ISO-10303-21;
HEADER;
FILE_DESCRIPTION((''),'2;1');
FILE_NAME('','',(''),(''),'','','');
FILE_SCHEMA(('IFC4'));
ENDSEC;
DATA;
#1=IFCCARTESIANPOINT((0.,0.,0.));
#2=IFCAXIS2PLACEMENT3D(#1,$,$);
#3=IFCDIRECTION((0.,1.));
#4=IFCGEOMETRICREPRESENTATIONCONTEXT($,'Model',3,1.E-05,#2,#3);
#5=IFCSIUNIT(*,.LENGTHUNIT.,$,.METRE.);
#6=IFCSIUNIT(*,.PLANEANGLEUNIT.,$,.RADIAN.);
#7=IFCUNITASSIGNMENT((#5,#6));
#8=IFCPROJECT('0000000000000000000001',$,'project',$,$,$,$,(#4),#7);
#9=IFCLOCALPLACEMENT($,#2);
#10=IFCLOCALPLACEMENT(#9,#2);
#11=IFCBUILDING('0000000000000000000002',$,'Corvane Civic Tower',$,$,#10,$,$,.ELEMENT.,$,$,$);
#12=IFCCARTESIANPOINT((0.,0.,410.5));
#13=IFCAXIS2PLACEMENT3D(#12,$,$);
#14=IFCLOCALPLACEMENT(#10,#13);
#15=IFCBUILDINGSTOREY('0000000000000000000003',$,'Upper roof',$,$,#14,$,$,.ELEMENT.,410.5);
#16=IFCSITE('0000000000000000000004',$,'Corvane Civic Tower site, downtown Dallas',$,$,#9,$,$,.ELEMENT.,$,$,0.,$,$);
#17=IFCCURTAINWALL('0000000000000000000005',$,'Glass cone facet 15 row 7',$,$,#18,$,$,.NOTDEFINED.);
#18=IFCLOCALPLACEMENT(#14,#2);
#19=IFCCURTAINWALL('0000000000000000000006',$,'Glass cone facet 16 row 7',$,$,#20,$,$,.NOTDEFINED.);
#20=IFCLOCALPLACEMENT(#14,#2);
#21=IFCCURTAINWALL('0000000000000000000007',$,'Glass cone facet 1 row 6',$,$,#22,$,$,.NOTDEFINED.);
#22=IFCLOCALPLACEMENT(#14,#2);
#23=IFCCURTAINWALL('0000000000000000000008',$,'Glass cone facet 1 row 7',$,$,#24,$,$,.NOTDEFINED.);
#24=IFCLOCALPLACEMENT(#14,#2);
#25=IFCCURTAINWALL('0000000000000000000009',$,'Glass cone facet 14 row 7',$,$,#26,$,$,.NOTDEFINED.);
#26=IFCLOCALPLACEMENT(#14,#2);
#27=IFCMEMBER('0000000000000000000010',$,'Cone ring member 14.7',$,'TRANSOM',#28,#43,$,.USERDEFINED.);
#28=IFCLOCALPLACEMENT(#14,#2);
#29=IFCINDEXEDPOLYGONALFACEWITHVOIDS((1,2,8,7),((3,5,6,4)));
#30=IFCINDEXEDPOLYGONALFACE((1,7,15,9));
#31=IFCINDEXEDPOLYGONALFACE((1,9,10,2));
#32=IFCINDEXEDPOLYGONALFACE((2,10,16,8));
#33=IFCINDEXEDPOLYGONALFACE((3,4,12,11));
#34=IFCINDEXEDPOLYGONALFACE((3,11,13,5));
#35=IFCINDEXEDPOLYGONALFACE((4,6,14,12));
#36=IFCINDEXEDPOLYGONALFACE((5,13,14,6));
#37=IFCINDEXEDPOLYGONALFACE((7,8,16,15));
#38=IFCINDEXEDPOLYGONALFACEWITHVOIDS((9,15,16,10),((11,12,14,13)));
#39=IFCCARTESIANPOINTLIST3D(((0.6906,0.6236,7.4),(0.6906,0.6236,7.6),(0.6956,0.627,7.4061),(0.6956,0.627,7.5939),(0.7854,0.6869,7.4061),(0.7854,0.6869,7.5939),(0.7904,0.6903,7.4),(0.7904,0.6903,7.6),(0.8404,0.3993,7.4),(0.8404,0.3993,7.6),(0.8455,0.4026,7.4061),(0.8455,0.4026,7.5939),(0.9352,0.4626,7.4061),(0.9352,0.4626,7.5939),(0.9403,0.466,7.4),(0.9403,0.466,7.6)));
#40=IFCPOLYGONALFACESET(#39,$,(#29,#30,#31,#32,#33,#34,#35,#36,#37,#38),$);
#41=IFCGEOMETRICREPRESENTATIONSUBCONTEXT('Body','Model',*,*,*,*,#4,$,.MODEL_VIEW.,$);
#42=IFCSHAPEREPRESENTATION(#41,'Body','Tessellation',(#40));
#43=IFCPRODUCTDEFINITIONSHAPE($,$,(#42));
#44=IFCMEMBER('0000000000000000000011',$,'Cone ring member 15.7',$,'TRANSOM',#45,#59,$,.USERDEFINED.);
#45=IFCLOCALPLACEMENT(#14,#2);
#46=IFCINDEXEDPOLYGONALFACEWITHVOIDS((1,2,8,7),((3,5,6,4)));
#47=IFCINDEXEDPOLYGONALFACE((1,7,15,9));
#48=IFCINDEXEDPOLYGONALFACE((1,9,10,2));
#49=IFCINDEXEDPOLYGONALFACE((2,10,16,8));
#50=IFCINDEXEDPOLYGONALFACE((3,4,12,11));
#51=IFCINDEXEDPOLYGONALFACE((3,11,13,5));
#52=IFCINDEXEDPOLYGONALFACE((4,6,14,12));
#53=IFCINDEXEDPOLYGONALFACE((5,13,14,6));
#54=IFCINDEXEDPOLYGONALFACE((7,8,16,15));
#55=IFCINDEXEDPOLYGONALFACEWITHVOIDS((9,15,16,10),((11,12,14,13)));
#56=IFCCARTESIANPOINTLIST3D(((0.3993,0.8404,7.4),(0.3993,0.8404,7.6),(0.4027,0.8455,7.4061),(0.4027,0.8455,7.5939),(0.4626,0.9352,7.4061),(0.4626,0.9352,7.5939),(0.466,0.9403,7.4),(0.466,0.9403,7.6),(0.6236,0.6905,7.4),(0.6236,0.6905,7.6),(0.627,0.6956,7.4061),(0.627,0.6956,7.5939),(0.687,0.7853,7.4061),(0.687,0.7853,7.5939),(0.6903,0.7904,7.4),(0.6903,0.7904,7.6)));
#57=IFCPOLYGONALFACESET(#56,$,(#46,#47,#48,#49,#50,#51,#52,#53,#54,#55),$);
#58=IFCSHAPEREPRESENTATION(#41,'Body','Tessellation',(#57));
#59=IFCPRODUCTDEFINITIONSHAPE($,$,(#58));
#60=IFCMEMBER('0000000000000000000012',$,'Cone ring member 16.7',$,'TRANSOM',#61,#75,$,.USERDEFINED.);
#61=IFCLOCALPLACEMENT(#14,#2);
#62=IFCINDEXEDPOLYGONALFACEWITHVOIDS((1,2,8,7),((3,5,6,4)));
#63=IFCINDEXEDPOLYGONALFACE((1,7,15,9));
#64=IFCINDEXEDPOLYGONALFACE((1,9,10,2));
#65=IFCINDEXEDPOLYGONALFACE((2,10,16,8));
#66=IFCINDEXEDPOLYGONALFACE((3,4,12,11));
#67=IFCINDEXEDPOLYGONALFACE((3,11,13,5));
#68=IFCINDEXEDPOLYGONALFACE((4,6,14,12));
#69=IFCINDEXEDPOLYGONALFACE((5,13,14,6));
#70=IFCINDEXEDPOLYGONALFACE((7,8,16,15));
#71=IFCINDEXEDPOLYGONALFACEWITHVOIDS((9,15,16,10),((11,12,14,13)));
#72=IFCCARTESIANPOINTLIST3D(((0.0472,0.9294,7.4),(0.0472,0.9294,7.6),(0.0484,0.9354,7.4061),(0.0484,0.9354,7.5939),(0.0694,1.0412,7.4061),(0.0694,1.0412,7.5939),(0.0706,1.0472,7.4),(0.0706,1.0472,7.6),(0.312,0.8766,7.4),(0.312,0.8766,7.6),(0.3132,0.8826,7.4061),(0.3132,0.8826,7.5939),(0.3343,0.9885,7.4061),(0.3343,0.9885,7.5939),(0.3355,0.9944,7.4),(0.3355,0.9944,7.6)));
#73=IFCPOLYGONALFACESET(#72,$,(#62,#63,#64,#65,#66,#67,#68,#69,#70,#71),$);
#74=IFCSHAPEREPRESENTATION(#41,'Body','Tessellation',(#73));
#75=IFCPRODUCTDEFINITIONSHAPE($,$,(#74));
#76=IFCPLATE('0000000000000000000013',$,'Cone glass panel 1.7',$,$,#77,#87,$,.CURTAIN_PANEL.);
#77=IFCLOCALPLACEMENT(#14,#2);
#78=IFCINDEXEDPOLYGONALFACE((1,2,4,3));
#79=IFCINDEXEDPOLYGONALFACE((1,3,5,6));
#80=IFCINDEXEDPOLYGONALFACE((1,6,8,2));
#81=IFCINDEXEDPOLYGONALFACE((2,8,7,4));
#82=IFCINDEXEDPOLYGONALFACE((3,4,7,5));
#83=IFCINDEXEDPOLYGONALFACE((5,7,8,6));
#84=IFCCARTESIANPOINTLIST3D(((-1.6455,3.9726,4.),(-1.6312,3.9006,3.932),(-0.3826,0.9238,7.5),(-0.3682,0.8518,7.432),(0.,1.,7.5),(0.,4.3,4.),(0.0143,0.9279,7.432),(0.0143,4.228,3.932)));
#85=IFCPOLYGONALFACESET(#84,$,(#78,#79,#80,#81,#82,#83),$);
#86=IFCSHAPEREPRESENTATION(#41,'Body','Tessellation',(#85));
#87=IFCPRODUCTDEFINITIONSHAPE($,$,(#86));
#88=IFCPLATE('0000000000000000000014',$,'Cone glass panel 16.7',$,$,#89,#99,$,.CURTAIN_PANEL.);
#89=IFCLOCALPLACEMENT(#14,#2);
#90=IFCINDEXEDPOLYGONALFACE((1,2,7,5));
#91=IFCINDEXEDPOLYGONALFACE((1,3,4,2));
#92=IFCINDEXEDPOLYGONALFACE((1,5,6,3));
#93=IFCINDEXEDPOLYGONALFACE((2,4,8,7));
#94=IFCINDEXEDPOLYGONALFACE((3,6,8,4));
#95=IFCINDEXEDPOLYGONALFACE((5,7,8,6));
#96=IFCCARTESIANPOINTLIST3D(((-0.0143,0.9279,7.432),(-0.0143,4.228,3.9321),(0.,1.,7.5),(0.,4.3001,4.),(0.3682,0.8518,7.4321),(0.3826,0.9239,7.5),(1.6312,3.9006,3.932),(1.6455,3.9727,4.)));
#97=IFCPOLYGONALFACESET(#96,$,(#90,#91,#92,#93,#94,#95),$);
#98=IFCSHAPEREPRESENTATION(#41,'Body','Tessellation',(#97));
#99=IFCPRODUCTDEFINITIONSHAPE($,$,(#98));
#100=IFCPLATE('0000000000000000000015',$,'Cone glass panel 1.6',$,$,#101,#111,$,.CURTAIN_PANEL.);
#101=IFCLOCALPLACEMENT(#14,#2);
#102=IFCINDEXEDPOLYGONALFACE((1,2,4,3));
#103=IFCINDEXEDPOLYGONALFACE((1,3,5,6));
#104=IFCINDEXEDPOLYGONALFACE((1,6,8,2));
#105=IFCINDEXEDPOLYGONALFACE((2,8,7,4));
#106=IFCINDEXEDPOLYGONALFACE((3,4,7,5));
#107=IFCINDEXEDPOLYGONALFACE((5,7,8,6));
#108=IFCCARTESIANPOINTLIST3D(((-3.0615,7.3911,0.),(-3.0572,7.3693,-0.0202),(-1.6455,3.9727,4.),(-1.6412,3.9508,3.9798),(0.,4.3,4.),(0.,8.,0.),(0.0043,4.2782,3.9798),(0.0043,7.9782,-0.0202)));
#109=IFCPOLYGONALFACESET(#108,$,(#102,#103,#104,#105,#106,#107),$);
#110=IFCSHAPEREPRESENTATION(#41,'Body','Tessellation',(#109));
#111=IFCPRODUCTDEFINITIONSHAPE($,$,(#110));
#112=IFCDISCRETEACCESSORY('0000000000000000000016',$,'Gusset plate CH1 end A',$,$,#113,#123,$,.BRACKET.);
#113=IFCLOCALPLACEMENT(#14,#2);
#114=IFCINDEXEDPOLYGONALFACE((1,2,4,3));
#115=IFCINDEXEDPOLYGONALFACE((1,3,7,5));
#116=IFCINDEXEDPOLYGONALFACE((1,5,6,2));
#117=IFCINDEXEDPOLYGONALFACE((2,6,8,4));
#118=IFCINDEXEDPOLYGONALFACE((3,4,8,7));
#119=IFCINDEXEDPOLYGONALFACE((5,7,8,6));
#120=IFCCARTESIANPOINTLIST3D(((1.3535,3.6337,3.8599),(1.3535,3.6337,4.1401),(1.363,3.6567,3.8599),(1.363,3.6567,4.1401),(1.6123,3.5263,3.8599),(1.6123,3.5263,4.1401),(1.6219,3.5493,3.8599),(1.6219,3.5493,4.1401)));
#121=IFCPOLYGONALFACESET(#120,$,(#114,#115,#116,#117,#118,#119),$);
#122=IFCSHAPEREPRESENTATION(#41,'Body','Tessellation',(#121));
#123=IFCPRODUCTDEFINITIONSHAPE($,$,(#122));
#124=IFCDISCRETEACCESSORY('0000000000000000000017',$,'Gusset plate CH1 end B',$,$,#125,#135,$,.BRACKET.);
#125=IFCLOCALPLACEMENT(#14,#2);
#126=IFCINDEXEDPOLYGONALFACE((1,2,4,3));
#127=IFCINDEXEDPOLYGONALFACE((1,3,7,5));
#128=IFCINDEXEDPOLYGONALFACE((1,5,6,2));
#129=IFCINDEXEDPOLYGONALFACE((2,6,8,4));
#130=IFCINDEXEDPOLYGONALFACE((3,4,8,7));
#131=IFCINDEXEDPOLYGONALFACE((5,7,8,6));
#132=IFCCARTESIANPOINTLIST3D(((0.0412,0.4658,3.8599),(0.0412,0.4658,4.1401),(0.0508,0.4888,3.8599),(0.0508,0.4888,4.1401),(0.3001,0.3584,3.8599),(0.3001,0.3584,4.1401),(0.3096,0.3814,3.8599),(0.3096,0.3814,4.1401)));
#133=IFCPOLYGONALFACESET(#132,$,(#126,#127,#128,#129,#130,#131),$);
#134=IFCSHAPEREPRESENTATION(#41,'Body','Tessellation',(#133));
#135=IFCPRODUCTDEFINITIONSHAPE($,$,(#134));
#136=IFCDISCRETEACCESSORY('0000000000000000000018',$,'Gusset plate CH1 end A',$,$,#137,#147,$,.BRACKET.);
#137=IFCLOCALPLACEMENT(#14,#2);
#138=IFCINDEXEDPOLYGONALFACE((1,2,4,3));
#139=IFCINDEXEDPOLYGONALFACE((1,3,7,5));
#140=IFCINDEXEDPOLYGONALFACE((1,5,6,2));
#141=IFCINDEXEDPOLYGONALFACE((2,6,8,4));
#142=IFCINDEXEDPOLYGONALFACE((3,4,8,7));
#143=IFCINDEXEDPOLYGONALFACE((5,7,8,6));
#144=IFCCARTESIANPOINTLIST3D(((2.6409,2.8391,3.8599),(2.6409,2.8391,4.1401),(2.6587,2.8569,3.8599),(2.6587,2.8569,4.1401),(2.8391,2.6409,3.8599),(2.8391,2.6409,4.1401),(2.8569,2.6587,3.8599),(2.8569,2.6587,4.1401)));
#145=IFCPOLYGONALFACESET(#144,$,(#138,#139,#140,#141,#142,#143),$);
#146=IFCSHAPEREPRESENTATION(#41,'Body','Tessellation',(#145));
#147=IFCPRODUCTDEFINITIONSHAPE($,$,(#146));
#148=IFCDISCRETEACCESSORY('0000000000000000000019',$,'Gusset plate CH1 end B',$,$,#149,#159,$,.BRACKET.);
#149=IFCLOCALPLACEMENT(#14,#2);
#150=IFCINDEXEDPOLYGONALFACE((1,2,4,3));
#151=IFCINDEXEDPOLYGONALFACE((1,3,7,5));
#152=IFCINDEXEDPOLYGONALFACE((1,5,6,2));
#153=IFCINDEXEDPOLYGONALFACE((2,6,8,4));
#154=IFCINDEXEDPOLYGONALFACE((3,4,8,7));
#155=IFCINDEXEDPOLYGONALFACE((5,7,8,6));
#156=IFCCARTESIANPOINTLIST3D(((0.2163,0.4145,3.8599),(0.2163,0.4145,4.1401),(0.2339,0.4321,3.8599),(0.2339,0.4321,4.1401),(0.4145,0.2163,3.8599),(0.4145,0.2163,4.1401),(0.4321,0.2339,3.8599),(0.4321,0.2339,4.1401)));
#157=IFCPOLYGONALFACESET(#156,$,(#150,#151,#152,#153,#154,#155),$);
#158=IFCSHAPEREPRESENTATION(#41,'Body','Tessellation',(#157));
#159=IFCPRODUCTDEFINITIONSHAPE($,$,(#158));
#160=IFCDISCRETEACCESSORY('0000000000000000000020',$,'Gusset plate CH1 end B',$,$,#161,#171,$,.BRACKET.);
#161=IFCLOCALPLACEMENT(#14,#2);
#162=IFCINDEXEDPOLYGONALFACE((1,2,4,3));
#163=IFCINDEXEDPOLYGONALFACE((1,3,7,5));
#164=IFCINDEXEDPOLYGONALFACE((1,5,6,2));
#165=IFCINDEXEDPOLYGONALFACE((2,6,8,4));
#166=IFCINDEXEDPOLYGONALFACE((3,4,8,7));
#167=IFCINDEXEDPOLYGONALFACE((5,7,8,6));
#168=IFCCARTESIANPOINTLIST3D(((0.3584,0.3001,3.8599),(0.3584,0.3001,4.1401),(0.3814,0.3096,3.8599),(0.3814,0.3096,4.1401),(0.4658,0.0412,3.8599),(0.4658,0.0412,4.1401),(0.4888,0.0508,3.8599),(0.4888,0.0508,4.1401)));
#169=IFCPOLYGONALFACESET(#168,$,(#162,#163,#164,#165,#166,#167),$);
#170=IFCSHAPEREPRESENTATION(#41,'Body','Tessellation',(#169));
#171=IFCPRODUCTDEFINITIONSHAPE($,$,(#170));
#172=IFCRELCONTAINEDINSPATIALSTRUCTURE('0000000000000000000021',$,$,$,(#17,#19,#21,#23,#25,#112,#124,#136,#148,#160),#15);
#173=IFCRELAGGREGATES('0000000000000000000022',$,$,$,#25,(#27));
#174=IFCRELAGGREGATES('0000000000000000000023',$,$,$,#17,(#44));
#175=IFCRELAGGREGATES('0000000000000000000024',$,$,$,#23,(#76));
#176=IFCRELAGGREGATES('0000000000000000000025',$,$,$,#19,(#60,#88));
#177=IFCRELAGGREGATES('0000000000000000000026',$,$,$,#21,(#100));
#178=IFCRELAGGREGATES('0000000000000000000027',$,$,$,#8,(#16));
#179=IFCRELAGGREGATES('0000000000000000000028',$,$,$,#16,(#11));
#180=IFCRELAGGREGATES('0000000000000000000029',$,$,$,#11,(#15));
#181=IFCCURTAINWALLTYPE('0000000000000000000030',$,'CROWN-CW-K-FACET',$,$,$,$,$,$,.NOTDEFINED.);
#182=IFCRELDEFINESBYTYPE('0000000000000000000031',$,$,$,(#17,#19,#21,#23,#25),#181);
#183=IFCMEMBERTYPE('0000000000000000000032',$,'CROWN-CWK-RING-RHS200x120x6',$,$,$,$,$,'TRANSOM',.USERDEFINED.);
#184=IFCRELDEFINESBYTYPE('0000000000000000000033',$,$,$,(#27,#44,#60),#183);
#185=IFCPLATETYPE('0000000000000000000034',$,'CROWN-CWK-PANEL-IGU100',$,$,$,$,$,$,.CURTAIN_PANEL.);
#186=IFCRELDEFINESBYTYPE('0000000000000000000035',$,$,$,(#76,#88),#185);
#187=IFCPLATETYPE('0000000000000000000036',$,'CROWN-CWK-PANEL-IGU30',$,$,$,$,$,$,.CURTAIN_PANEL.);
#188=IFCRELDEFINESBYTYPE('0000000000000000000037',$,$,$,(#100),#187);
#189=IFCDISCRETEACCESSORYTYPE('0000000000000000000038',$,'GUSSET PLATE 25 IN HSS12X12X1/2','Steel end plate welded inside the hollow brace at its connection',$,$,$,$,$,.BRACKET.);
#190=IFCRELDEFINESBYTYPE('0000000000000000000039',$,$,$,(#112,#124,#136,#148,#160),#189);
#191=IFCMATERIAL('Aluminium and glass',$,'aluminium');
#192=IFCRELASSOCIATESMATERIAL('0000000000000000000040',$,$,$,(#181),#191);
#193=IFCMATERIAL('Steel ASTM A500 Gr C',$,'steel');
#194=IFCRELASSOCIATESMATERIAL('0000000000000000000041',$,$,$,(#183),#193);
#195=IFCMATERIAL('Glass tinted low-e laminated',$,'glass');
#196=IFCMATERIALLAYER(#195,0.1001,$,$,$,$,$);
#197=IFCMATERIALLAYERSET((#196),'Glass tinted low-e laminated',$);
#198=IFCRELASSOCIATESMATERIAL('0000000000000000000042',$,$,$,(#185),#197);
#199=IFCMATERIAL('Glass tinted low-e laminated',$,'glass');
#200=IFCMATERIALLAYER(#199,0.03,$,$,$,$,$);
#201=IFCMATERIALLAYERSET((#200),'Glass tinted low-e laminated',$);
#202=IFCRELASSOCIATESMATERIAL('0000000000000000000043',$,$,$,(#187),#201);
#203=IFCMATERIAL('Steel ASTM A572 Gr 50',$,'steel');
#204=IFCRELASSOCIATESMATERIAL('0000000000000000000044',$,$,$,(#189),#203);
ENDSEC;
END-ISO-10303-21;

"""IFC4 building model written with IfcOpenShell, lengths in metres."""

from ifc_helpers import new_model, si_unit, direction, frame, origin, origin_2d, place, context, subcontext, project, spatial, polyline, rectangle, hollow_rectangle, outline, extrude, material, layer, layer_set, material_profile, profile_set, type_object, element, aggregate, save


model = new_model("IFC4")

# Units and contexts
model_context = context("Model", 3, precision=1e-05, world=origin(), true_north=direction((0.0, 1.0)))
body_context = subcontext(model_context, "Body", "Model", "MODEL_VIEW")
ifc_project = project(units=[si_unit("LENGTHUNIT", "METRE"), si_unit("PLANEANGLEUNIT", "RADIAN")], contexts=[model_context])

# Site, building, storey
site_placement = place(None, origin())
site = spatial("IfcSite", under=ifc_project, at=site_placement, Name="Corvane Civic Tower site, downtown Dallas", CompositionType="ELEMENT", RefElevation=0.0)
building_placement = place(site_placement, origin())
building = spatial("IfcBuilding", under=site, at=building_placement, Name="Corvane Civic Tower", CompositionType="ELEMENT")
storey_placement = place(building_placement, frame((0.0, 0.0, 410.5)))
storey = spatial("IfcBuildingStorey", under=building, at=storey_placement, Name="Upper roof", CompositionType="ELEMENT", Elevation=410.5)

# Curtain walls
ifc_material_1 = material(Name="Aluminium and glass", Category="aluminium")
curtain_wall_type = type_object("IfcCurtainWallType", Name="CROWN-CW-K-FACET", PredefinedType="NOTDEFINED", material=ifc_material_1)
curtain_wall_1_placement = place(storey_placement, origin())
curtain_wall_1 = element("IfcCurtainWall", 1, at=curtain_wall_1_placement, inside=storey, type_object=curtain_wall_type, Name="Glass cone facet 15 row 7", PredefinedType="NOTDEFINED")
curtain_wall_2_placement = place(storey_placement, origin())
curtain_wall_2 = element("IfcCurtainWall", 2, at=curtain_wall_2_placement, inside=storey, type_object=curtain_wall_type, Name="Glass cone facet 16 row 7", PredefinedType="NOTDEFINED")

# Curtain walls
curtain_wall_3_placement = place(storey_placement, origin())
curtain_wall_3 = element("IfcCurtainWall", 3, at=curtain_wall_3_placement, inside=storey, type_object=curtain_wall_type, Name="Glass cone facet 1 row 6", PredefinedType="NOTDEFINED")
curtain_wall_4_placement = place(storey_placement, origin())
curtain_wall_4 = element("IfcCurtainWall", 4, at=curtain_wall_4_placement, inside=storey, type_object=curtain_wall_type, Name="Glass cone facet 1 row 7", PredefinedType="NOTDEFINED")

# Shared definitions
ifc_material_2 = material(Name="Steel ASTM A500 Gr C", Category="steel")
ifc_material_profile_1 = material_profile(ifc_material_2, hollow_rectangle(XDim=0.1201, YDim=0.2, WallThickness=0.0061, at=origin_2d()), Name="RHS 200x120x6")
ifc_profile_set_1 = profile_set([ifc_material_profile_1], Name="Steel ASTM A500 Gr C")
member_type_1 = type_object("IfcMemberType", Name="CROWN-CWK-RING-RHS200x120x6", ElementType="TRANSOM", PredefinedType="USERDEFINED", material=ifc_profile_set_1)

# Curtain wall, member
curtain_wall_5_placement = place(storey_placement, origin())
curtain_wall_5 = element("IfcCurtainWall", 5, at=curtain_wall_5_placement, inside=storey, type_object=curtain_wall_type, Name="Glass cone facet 14 row 7", PredefinedType="NOTDEFINED")
member_1_placement = place(storey_placement, frame((0.8904, 0.4326, 7.5), z_axis=(-0.555535, 0.831493, 0.0), x_axis=(-0.831493, -0.555535, 0.0)))
member_1 = element("IfcMember", 6, at=member_1_placement, type_object=member_type_1, Name="Cone ring member 14.7", ObjectType="TRANSOM", PredefinedType="USERDEFINED", context=body_context, shape_type="SweptSolid", body=[
    extrude(hollow_rectangle(XDim=0.1201, YDim=0.2, WallThickness=0.0061, at=origin_2d()), origin(), (0.0, 0.0, 1.0), 0.2698),
])
aggregate(curtain_wall_5, [member_1])

# Members
member_2_placement = place(storey_placement, frame((0.657, 0.7405, 7.5), z_axis=(-0.831493, 0.555535, 0.0), x_axis=(-0.555535, -0.831493, 0.0)))
member_2 = element("IfcMember", 7, at=member_2_placement, type_object=member_type_1, Name="Cone ring member 15.7", ObjectType="TRANSOM", PredefinedType="USERDEFINED", context=body_context, shape_type="SweptSolid", body=[
    extrude(hollow_rectangle(XDim=0.1201, YDim=0.2, WallThickness=0.0061, at=origin_2d()), origin(), (0.0, 0.0, 1.0), 0.2698),
])
aggregate(curtain_wall_1, [member_2])
member_3_placement = place(storey_placement, frame((0.3237, 0.9355, 7.5), z_axis=(-0.980754, 0.195247, 0.0), x_axis=(-0.195247, -0.980754, 0.0)))
member_3 = element("IfcMember", 8, at=member_3_placement, type_object=member_type_1, Name="Cone ring member 16.7", ObjectType="TRANSOM", PredefinedType="USERDEFINED", context=body_context, shape_type="SweptSolid", body=[
    extrude(hollow_rectangle(XDim=0.1201, YDim=0.2, WallThickness=0.0061, at=origin_2d()), origin(), (0.0, 0.0, 1.0), 0.27),
])

# Plates
ifc_material_3 = material(Name="Glass tinted low-e laminated", Category="glass")
ifc_layer_1 = layer(ifc_material_3, 0.1001)
ifc_layer_set_1 = layer_set([ifc_layer_1], Name="Glass tinted low-e laminated")
plate_type_1 = type_object("IfcPlateType", Name="CROWN-CWK-PANEL-IGU100", PredefinedType="CURTAIN_PANEL", material=ifc_layer_set_1)
plate_1_placement = place(storey_placement, frame((0.0, 4.3, 4.0), z_axis=(-0.143286, 0.720072, 0.678944), x_axis=(-0.980773, -0.195151, -0.000013)))
plate_1 = element("IfcPlate", 9, at=plate_1_placement, type_object=plate_type_1, Name="Cone glass panel 1.7", PredefinedType="CURTAIN_PANEL", context=body_context, shape_type="SweptSolid", body=[
    extrude(outline(polyline([(0.0, 0.0), (1.6778, 0.0), (1.034, 4.7672), (0.644, 4.7671), (0.0, 0.0)])), origin(), (0.0, 0.0, -1.0), 0.1001),
])
aggregate(curtain_wall_4, [plate_1])
plate_2_placement = place(storey_placement, frame((1.6455, 3.9727, 4.0), z_axis=(0.143286, 0.720072, 0.678944), x_axis=(-0.980773, 0.195151, 0.000013)))
plate_2 = element("IfcPlate", 10, at=plate_2_placement, type_object=plate_type_1, Name="Cone glass panel 16.7", PredefinedType="CURTAIN_PANEL", context=body_context, shape_type="SweptSolid", body=[
    extrude(outline(polyline([(0.0, 0.0), (1.6778, 0.0), (1.0338, 4.7671), (0.6437, 4.7672), (0.0, 0.0)])), origin(), (0.0, 0.0, -1.0), 0.1001),
])
aggregate(curtain_wall_2, [member_3, plate_2])
ifc_material_4 = material(Name="Glass tinted low-e laminated", Category="glass")
ifc_layer_2 = layer(ifc_material_4, 0.03)
ifc_layer_set_2 = layer_set([ifc_layer_2], Name="Glass tinted low-e laminated")
plate_type_2 = type_object("IfcPlateType", Name="CROWN-CWK-PANEL-IGU30", PredefinedType="CURTAIN_PANEL", material=ifc_layer_set_2)
plate_3_placement = place(storey_placement, frame((0.0, 8.0, 0.0), z_axis=(-0.144487, 0.726393, 0.67192), x_axis=(-0.980788, -0.195077, -0.000013)))
plate_3 = element("IfcPlate", 11, at=plate_3_placement, type_object=plate_type_2, Name="Cone glass panel 1.6", PredefinedType="CURTAIN_PANEL", context=body_context, shape_type="SweptSolid", body=[
    extrude(outline(polyline([(0.0, 0.0), (3.1215, 0.0), (2.3995, 5.4009), (0.7217, 5.4008), (0.0, 0.0)])), origin(), (0.0, 0.0, -1.0), 0.03),
])
aggregate(curtain_wall_3, [plate_3])

# Discrete accessories
ifc_material_5 = material(Name="Steel ASTM A572 Gr 50", Category="steel")
ifc_material_profile_2 = material_profile(ifc_material_5, rectangle(XDim=0.2803, YDim=0.2803, at=origin_2d()), Name="GUSSET PLATE 25 IN HSS12X12X1/2")
ifc_profile_set_2 = profile_set([ifc_material_profile_2], Name="Steel ASTM A572 Gr 50")
discrete_accessory_type = type_object("IfcDiscreteAccessoryType", Name="GUSSET PLATE 25 IN HSS12X12X1/2", Description="Steel end plate welded inside the hollow brace at its connection", PredefinedType="BRACKET", material=ifc_profile_set_2)
for number, where, z_axis, x_axis, name in (
    (12, (1.4924, 3.603, 4.0), (-0.38322, -0.923657, 0.0), (0.923657, -0.38322, 0.0), "Gusset plate CH1 end A"),
    (13, (0.1707, 0.4121, 4.0), (0.38322, 0.923657, 0.0), (-0.923657, 0.38322, 0.0), "Gusset plate CH1 end B"),
):
    element("IfcDiscreteAccessory", number, at=place(storey_placement, frame(where, z_axis=z_axis, x_axis=x_axis)), inside=storey, type_object=discrete_accessory_type, Name=name, PredefinedType="BRACKET", context=body_context, shape_type="SweptSolid", body=[
        extrude(rectangle(XDim=0.2803, YDim=0.2803, at=origin_2d()), origin(), (0.0, 0.0, 1.0), 0.0249),
    ])
discrete_accessory_placement = place(storey_placement, frame((2.7578, 2.7578, 4.0), z_axis=(-0.707107, -0.707107, 0.0), x_axis=(0.707107, -0.707107, 0.0)))
element("IfcDiscreteAccessory", 14, at=discrete_accessory_placement, inside=storey, type_object=discrete_accessory_type, Name="Gusset plate CH1 end A", PredefinedType="BRACKET", context=body_context, shape_type="SweptSolid", body=[
    extrude(rectangle(XDim=0.2803, YDim=0.2803, at=origin_2d()), origin(), (0.0, 0.0, 1.0), 0.0251),
])
for number, where, z_axis, x_axis, name in (
    (15, (0.3154, 0.3154, 4.0), (0.707107, 0.707107, 0.0), (-0.707107, 0.707107, 0.0), "Gusset plate CH1 end B"),
    (16, (0.4121, 0.1707, 4.0), (0.923657, 0.38322, 0.0), (-0.38322, 0.923657, 0.0), "Gusset plate CH1 end B"),
):
    element("IfcDiscreteAccessory", number, at=place(storey_placement, frame(where, z_axis=z_axis, x_axis=x_axis)), inside=storey, type_object=discrete_accessory_type, Name=name, PredefinedType="BRACKET", context=body_context, shape_type="SweptSolid", body=[
        extrude(rectangle(XDim=0.2803, YDim=0.2803, at=origin_2d()), origin(), (0.0, 0.0, 1.0), 0.0249),
    ])

save(model, "model.ifc")
